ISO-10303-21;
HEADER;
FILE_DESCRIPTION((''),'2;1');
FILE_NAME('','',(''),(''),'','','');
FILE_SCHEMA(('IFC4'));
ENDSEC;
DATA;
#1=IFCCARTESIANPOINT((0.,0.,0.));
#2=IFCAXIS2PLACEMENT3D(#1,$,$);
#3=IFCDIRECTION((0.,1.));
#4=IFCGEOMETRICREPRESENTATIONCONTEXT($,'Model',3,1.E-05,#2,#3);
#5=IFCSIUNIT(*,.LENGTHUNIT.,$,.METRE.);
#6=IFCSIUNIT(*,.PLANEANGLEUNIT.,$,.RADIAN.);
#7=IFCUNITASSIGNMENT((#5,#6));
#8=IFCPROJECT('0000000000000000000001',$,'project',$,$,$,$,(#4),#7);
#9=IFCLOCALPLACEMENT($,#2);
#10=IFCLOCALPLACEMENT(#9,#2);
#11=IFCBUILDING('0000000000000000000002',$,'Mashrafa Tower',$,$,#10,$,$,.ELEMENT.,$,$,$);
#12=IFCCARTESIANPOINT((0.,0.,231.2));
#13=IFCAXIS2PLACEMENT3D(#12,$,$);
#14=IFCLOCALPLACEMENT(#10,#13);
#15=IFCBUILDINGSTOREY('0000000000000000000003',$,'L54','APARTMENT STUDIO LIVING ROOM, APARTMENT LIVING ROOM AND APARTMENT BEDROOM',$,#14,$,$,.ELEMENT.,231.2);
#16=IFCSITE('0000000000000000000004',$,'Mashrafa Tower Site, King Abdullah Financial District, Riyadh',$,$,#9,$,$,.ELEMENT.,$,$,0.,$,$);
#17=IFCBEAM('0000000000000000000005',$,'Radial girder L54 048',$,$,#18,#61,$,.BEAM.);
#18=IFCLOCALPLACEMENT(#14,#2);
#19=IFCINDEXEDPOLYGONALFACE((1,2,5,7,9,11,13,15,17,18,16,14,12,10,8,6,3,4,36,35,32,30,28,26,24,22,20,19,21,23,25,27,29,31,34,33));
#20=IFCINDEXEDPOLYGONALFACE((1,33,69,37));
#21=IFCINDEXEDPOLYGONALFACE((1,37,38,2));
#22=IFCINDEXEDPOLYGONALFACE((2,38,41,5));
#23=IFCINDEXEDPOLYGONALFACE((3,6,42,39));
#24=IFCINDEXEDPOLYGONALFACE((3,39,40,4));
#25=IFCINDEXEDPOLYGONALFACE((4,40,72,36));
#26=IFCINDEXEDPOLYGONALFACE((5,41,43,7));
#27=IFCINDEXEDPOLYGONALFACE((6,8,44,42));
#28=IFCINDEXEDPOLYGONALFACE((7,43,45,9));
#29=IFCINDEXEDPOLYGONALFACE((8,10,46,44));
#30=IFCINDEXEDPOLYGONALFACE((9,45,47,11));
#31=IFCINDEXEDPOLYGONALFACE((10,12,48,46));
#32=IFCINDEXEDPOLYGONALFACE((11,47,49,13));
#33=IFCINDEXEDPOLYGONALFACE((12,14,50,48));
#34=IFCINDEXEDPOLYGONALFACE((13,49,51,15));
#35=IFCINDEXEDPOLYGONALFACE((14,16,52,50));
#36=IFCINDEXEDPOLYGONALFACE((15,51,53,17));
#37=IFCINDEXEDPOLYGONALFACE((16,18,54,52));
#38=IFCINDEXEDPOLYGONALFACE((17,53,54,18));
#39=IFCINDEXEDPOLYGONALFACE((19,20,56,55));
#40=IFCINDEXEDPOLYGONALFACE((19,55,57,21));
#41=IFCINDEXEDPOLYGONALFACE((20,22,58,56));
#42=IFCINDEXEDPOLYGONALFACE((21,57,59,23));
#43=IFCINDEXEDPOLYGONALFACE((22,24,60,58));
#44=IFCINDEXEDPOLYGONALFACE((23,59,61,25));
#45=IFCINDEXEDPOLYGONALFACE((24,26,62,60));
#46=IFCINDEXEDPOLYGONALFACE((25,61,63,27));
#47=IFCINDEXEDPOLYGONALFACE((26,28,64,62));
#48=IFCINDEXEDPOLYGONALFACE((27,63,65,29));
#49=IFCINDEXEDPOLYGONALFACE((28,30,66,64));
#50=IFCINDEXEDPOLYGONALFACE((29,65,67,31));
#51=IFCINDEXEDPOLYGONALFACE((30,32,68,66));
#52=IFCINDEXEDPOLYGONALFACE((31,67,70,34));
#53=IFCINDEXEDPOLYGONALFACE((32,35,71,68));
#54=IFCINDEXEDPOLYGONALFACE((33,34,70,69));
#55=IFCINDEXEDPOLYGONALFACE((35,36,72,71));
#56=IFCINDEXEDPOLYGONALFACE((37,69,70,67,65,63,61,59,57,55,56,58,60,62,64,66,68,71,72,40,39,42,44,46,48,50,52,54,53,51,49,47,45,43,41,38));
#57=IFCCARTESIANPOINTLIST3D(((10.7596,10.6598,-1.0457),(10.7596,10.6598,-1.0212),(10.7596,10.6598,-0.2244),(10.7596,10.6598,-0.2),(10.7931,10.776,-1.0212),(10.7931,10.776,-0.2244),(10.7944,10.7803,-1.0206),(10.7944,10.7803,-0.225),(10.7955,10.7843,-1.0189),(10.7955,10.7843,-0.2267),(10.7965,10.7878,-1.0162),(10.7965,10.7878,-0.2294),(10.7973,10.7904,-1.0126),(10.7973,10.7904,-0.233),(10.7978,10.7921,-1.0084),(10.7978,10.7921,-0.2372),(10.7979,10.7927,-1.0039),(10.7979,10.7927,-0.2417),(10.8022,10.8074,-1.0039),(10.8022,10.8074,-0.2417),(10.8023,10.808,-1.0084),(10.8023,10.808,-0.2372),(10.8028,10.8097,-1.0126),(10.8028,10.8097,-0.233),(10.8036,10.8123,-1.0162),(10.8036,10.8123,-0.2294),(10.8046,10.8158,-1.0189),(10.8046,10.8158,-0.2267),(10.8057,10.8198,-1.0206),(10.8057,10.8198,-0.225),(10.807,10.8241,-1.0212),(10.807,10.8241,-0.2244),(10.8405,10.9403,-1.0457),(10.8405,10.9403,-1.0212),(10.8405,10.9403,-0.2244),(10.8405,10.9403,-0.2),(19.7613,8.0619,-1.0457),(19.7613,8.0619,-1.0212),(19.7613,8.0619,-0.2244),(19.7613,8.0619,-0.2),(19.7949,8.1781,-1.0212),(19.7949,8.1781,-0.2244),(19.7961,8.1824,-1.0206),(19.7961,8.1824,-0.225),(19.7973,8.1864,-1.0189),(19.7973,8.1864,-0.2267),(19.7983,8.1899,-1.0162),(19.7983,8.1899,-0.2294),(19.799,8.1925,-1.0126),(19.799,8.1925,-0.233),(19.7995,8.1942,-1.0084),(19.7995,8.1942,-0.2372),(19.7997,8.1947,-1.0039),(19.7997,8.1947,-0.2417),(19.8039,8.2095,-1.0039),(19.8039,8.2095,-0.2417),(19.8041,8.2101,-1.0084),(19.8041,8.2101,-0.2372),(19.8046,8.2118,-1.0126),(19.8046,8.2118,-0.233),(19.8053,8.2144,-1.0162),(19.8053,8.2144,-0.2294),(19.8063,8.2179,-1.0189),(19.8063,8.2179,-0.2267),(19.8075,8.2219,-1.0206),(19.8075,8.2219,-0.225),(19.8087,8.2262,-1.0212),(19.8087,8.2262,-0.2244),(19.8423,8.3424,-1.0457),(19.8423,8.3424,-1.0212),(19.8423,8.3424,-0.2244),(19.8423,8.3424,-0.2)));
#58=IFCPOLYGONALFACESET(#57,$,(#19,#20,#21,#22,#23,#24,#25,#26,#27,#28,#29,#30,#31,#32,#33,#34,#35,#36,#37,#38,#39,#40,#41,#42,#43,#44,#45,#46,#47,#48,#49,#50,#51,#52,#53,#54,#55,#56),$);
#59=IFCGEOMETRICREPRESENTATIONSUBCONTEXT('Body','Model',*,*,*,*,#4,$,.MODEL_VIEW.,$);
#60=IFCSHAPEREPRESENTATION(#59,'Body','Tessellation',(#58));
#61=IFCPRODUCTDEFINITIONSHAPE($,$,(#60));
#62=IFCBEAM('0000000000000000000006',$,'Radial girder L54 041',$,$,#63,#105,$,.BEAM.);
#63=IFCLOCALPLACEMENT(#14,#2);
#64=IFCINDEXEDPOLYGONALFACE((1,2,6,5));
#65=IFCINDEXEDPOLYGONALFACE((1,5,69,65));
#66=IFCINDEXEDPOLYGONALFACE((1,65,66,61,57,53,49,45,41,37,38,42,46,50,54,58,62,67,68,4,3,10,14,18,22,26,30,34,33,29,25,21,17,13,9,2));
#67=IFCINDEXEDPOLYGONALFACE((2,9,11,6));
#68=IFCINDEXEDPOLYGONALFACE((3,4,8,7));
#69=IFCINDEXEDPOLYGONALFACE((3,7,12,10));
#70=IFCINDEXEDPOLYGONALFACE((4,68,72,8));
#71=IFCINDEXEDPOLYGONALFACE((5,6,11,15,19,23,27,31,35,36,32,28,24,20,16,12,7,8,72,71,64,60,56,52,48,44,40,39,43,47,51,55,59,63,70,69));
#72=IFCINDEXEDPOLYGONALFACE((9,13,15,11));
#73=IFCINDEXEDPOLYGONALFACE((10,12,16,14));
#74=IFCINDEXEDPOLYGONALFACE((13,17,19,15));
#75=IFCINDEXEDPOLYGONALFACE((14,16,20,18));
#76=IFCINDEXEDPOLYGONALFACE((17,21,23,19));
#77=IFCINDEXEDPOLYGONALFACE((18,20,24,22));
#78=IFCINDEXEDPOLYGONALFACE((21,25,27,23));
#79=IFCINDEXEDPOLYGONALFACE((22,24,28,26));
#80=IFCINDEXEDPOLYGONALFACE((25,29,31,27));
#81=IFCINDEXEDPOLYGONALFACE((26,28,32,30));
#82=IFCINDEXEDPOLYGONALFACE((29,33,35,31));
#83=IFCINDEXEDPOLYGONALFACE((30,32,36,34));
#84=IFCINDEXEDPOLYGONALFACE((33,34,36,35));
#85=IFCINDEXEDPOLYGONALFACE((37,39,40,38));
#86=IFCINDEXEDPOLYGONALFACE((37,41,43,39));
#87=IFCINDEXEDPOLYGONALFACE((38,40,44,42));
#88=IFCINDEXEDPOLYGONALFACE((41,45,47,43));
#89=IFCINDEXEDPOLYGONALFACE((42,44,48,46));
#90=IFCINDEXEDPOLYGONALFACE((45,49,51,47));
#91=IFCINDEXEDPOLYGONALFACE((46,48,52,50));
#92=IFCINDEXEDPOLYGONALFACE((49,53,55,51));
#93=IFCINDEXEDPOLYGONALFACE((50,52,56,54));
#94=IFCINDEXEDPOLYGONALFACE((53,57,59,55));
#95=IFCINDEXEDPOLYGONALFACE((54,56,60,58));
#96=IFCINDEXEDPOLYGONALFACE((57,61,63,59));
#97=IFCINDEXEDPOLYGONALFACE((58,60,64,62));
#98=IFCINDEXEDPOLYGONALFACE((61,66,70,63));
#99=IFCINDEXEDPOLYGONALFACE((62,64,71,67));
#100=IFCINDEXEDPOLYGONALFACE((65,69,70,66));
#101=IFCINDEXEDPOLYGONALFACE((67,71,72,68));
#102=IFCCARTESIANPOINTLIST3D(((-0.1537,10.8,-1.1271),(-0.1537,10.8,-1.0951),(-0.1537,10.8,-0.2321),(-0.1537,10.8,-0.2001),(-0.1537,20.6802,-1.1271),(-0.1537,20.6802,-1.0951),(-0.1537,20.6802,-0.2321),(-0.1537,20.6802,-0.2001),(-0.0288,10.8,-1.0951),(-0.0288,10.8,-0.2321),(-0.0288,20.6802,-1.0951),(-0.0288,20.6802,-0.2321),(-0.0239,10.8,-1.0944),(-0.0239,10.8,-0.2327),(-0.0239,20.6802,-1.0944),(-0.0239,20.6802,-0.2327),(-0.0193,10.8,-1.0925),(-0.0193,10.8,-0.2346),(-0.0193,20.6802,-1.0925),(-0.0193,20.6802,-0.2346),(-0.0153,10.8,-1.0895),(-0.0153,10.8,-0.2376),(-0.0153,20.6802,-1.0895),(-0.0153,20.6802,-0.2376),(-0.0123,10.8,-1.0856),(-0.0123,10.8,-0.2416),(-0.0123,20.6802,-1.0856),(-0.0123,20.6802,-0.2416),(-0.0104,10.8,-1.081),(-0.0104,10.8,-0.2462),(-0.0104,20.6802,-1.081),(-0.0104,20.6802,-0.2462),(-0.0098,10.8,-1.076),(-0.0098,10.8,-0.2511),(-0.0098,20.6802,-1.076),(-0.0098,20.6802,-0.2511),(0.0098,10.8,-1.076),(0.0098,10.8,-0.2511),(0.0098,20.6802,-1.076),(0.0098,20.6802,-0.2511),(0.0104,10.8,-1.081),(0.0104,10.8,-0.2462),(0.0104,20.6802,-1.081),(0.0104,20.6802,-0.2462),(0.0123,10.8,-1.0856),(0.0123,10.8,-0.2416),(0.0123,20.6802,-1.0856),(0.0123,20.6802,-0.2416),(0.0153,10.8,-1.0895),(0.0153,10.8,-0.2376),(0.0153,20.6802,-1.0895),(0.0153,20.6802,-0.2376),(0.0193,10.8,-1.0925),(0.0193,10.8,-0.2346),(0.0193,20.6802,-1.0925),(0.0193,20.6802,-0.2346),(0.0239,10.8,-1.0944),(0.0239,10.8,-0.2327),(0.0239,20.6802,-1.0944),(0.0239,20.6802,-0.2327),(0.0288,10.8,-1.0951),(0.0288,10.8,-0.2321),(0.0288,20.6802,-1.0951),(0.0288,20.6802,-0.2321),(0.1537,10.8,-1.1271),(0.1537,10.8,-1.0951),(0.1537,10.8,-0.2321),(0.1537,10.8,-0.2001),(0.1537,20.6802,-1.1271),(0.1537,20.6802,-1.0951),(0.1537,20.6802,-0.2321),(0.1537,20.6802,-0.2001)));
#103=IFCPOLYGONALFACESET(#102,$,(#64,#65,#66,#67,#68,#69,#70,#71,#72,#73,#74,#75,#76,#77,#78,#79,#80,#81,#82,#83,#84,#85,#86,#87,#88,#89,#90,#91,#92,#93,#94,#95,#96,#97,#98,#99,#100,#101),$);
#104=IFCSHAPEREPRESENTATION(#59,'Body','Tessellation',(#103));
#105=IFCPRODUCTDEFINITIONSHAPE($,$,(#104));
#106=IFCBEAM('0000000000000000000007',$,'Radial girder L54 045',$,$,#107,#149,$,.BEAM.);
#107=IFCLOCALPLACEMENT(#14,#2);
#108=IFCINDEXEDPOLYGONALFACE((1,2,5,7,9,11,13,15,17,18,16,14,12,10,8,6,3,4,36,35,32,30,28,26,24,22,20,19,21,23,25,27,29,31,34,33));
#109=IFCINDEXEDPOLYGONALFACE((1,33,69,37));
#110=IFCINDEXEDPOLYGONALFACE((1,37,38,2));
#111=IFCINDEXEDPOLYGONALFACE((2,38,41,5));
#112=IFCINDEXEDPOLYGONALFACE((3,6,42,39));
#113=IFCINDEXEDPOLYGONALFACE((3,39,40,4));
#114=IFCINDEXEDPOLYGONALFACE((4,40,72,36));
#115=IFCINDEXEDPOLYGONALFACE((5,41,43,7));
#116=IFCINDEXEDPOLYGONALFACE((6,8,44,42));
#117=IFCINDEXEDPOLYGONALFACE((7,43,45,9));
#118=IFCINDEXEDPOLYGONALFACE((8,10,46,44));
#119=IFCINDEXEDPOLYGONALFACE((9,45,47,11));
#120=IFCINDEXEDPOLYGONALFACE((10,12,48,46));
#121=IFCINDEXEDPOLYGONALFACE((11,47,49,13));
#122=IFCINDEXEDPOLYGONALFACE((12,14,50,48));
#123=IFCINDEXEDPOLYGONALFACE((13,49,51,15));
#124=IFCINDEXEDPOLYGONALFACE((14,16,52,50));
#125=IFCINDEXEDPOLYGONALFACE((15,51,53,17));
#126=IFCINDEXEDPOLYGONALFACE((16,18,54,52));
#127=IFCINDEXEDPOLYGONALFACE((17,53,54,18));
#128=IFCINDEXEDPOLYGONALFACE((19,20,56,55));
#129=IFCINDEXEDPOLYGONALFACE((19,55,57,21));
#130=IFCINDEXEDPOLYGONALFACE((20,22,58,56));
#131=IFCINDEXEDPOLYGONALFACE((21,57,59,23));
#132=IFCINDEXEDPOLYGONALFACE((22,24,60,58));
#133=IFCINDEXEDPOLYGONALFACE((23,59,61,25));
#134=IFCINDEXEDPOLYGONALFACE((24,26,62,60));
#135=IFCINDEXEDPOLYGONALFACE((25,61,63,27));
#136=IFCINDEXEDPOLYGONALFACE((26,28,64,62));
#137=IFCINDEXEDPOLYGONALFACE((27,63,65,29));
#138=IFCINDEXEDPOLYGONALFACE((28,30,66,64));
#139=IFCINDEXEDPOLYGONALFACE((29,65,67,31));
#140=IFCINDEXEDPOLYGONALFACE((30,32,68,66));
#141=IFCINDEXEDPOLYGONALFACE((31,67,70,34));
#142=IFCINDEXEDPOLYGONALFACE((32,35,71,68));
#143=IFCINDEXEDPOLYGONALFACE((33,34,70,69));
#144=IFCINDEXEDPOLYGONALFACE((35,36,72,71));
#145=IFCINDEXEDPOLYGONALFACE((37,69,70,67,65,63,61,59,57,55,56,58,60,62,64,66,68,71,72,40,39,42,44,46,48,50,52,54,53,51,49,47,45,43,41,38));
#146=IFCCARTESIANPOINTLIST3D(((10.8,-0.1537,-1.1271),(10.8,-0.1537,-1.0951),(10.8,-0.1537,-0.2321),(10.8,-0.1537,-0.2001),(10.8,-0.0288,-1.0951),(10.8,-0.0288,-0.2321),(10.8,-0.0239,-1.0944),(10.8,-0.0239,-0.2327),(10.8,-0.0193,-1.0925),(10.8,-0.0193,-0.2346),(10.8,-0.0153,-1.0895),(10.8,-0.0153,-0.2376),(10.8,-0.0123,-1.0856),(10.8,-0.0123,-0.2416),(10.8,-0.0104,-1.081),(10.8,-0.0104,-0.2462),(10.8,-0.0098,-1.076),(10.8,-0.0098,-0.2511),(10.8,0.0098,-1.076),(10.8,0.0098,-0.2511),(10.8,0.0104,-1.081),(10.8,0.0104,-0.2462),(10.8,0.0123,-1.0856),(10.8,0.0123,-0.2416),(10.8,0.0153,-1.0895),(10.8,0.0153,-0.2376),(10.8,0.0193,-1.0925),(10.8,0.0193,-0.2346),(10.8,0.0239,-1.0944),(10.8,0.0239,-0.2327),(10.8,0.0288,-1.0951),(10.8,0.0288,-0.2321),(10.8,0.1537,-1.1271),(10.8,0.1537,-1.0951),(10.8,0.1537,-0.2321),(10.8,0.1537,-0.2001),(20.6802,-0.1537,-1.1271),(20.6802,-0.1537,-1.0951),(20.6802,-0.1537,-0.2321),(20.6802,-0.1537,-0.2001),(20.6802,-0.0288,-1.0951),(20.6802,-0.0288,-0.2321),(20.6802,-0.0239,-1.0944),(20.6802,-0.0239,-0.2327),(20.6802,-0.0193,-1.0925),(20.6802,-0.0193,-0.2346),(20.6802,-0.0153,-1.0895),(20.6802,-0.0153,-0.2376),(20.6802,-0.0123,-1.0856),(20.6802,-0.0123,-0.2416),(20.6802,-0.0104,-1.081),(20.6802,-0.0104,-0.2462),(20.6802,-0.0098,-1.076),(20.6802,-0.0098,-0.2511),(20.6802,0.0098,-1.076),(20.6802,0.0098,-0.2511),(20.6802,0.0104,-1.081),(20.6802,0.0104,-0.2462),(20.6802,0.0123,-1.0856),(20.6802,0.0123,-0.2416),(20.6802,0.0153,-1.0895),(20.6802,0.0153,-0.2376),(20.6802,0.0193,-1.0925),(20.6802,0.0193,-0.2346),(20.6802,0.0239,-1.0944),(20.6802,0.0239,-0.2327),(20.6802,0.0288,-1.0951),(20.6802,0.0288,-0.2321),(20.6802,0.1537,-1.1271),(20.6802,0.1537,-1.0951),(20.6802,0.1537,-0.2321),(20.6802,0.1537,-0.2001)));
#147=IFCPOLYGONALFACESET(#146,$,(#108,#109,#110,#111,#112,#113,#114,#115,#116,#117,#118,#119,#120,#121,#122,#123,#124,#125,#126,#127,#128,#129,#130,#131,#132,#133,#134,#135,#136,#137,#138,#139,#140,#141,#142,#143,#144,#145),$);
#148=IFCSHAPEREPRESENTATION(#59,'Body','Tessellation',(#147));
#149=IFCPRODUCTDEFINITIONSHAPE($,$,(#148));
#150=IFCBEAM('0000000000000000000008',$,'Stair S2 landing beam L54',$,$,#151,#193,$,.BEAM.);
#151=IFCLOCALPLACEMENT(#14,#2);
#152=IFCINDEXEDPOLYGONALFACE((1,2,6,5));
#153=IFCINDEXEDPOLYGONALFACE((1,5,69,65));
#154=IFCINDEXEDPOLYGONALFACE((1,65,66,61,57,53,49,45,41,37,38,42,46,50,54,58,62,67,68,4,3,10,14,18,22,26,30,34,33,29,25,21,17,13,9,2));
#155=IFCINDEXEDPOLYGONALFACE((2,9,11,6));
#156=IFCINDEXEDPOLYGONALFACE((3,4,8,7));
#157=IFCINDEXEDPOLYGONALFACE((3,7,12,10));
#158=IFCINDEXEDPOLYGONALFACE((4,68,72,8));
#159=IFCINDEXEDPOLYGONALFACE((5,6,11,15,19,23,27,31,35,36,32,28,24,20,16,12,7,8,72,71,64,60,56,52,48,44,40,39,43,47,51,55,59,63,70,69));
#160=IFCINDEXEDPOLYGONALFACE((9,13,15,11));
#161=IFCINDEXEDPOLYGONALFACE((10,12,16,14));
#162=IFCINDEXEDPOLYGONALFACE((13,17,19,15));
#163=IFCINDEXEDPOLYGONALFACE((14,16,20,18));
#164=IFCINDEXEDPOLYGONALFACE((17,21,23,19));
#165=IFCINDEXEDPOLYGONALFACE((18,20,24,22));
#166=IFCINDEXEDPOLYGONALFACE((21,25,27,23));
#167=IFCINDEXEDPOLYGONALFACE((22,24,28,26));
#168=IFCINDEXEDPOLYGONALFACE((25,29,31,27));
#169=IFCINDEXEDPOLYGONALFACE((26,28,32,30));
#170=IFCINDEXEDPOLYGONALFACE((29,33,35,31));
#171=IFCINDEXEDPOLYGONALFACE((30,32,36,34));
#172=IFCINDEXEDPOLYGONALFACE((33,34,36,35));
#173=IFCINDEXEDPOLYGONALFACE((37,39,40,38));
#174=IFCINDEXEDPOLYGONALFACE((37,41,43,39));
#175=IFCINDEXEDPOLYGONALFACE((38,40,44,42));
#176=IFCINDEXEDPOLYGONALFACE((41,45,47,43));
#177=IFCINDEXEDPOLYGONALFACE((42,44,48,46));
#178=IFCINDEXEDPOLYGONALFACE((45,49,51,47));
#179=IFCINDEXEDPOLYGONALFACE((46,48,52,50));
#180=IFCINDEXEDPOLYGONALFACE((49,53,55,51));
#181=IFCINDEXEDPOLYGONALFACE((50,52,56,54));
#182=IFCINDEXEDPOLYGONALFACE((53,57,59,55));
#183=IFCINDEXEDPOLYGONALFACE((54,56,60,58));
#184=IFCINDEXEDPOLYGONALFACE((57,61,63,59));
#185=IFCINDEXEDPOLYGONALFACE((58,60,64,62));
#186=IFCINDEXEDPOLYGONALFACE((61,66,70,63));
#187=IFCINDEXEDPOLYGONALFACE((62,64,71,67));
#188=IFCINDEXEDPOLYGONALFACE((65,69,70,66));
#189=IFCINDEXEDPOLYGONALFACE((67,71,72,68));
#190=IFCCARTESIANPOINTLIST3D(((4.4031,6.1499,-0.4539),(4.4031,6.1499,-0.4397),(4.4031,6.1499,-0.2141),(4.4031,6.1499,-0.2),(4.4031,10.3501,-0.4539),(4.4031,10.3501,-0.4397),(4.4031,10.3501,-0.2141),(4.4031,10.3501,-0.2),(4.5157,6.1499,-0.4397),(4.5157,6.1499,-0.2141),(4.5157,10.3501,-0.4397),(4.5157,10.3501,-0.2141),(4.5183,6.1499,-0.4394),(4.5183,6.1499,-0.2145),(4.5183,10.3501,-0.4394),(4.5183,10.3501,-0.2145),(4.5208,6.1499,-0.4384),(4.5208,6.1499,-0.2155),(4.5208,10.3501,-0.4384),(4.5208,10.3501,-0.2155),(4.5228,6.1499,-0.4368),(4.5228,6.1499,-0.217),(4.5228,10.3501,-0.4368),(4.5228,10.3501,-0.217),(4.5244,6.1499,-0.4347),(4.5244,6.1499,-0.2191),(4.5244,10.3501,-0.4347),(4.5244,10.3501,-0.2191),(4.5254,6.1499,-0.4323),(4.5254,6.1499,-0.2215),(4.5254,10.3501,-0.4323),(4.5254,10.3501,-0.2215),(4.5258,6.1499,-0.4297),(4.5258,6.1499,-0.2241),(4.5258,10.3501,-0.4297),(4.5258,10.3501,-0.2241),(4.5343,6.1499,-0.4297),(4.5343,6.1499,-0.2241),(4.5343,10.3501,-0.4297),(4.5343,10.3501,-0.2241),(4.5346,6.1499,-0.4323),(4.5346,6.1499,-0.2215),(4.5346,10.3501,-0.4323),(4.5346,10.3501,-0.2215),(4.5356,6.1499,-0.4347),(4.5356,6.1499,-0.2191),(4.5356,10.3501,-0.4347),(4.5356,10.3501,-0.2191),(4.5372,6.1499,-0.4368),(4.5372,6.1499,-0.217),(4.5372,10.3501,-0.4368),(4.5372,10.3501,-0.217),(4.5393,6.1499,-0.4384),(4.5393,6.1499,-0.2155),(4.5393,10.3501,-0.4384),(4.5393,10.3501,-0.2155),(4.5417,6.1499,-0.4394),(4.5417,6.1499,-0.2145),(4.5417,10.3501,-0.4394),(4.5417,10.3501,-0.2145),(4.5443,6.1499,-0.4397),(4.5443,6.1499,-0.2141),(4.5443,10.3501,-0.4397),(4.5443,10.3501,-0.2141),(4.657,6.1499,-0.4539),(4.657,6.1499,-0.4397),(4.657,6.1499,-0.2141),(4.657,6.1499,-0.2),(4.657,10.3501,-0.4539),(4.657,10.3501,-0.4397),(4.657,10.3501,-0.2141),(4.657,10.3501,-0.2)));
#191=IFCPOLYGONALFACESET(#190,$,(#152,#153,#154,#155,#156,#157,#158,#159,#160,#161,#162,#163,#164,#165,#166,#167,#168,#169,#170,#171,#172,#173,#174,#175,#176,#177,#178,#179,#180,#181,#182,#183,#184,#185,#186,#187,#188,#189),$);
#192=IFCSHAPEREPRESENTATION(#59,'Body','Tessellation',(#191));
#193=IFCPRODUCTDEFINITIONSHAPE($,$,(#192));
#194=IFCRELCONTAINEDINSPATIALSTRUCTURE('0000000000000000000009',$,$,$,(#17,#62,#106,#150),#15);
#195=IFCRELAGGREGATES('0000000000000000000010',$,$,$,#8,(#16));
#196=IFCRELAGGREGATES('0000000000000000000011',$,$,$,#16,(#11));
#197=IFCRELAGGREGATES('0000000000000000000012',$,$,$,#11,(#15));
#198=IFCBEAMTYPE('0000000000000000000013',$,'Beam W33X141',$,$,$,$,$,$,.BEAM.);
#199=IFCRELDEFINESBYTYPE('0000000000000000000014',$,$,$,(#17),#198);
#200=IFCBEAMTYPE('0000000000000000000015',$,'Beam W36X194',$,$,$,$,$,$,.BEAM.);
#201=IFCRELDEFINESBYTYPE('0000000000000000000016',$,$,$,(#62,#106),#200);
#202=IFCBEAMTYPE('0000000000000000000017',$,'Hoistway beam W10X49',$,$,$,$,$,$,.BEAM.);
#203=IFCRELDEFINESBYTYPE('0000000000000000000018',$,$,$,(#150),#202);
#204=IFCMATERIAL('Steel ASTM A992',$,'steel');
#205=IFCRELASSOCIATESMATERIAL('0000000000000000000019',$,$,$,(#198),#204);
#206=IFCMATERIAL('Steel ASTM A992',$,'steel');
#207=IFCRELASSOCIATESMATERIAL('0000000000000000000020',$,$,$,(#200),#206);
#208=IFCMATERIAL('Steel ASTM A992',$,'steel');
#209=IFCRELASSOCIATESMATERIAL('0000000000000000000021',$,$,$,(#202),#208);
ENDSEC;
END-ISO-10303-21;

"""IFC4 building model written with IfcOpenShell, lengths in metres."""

from ifc_helpers import new_model, si_unit, direction, frame, origin, origin_2d, place, context, subcontext, project, spatial, i_section, extrude, material, material_profile, profile_set, type_object, element, save


model = new_model("IFC4")

# Units and contexts
model_context = context("Model", 3, precision=1e-05, world=origin(), true_north=direction((0.0, 1.0)))
body_context = subcontext(model_context, "Body", "Model", "MODEL_VIEW")
ifc_project = project(units=[si_unit("LENGTHUNIT", "METRE"), si_unit("PLANEANGLEUNIT", "RADIAN")], contexts=[model_context])

# Site, building, storey
site_placement = place(None, origin())
site = spatial("IfcSite", under=ifc_project, at=site_placement, Name="Mashrafa Tower Site, King Abdullah Financial District, Riyadh", CompositionType="ELEMENT", RefElevation=0.0)
building_placement = place(site_placement, origin())
building = spatial("IfcBuilding", under=site, at=building_placement, Name="Mashrafa Tower", CompositionType="ELEMENT")
storey_placement = place(building_placement, frame((0.0, 0.0, 231.2)))
storey = spatial("IfcBuildingStorey", under=building, at=storey_placement, Name="L54", Description="APARTMENT STUDIO LIVING ROOM, APARTMENT LIVING ROOM AND APARTMENT BEDROOM", CompositionType="ELEMENT", Elevation=231.2)

# Beams
ifc_material_1 = material(Name="Steel ASTM A992", Category="steel")
ifc_material_profile_1 = material_profile(ifc_material_1, i_section(OverallWidth=0.292, OverallDepth=0.8457, WebThickness=0.0154, FlangeThickness=0.0244, FilletRadius=0.0173, at=origin_2d()), Name="W33X141")
ifc_profile_set_1 = profile_set([ifc_material_profile_1], Name="Steel ASTM A992")
beam_type_1 = type_object("IfcBeamType", Name="Beam W33X141", PredefinedType="BEAM", material=ifc_profile_set_1)
for number, where, z_axis, x_axis, name in (
    (1, (10.8, 10.8, -0.6228), (0.960788, -0.277284, 0.0), (0.277284, 0.960788, 0.0), "Radial girder L54 048"),
):
    element("IfcBeam", number, at=place(storey_placement, frame(where, z_axis=z_axis, x_axis=x_axis)), inside=storey, type_object=beam_type_1, Name=name, PredefinedType="BEAM", context=body_context, shape_type="SweptSolid", body=[
        extrude(i_section(OverallWidth=0.292, OverallDepth=0.8457, WebThickness=0.0154, FlangeThickness=0.0244, FilletRadius=0.0173, at=origin_2d()), origin(), (0.0, 0.0, 1.0), 9.3691),
    ])
ifc_material_2 = material(Name="Steel ASTM A992", Category="steel")
ifc_material_profile_2 = material_profile(ifc_material_2, i_section(OverallWidth=0.3074, OverallDepth=0.927, WebThickness=0.0195, FlangeThickness=0.032, FilletRadius=0.019, at=origin_2d()), Name="W36X194")
ifc_profile_set_2 = profile_set([ifc_material_profile_2], Name="Steel ASTM A992")
beam_type_2 = type_object("IfcBeamType", Name="Beam W36X194", PredefinedType="BEAM", material=ifc_profile_set_2)
for number, where, z_axis, x_axis, name in (
    (2, (0.0, 10.8, -0.6636), (0.0, 1.0, 0.0), (-1.0, 0.0, 0.0), "Radial girder L54 041"),
    (3, (10.8, 0.0, -0.6636), (1.0, 0.0, 0.0), (0.0, 1.0, 0.0), "Radial girder L54 045"),
):
    element("IfcBeam", number, at=place(storey_placement, frame(where, z_axis=z_axis, x_axis=x_axis)), inside=storey, type_object=beam_type_2, Name=name, PredefinedType="BEAM", context=body_context, shape_type="SweptSolid", body=[
        extrude(i_section(OverallWidth=0.3074, OverallDepth=0.927, WebThickness=0.0195, FlangeThickness=0.032, FilletRadius=0.019, at=origin_2d()), origin(), (0.0, 0.0, 1.0), 9.8801),
    ])
ifc_material_3 = material(Name="Steel ASTM A992", Category="steel")
ifc_material_profile_3 = material_profile(ifc_material_3, i_section(OverallWidth=0.2539, OverallDepth=0.2539, WebThickness=0.0085, FlangeThickness=0.0142, FilletRadius=0.01, at=origin_2d()), Name="W10X49")
ifc_profile_set_3 = profile_set([ifc_material_profile_3], Name="Steel ASTM A992")
beam_type_3 = type_object("IfcBeamType", Name="Hoistway beam W10X49", PredefinedType="BEAM", material=ifc_profile_set_3)
beam_1_placement = place(storey_placement, frame((4.53, 6.1499, -0.3269), z_axis=(0.0, 1.0, 0.0), x_axis=(-1.0, 0.0, 0.0)))
element("IfcBeam", 4, at=beam_1_placement, inside=storey, type_object=beam_type_3, Name="Stair S2 landing beam L54", PredefinedType="BEAM", context=body_context, shape_type="SweptSolid", body=[
    extrude(i_section(OverallWidth=0.2539, OverallDepth=0.2539, WebThickness=0.0085, FlangeThickness=0.0142, FilletRadius=0.01, at=origin_2d()), origin(), (0.0, 0.0, 1.0), 4.2002),
])

save(model, "model.ifc")
